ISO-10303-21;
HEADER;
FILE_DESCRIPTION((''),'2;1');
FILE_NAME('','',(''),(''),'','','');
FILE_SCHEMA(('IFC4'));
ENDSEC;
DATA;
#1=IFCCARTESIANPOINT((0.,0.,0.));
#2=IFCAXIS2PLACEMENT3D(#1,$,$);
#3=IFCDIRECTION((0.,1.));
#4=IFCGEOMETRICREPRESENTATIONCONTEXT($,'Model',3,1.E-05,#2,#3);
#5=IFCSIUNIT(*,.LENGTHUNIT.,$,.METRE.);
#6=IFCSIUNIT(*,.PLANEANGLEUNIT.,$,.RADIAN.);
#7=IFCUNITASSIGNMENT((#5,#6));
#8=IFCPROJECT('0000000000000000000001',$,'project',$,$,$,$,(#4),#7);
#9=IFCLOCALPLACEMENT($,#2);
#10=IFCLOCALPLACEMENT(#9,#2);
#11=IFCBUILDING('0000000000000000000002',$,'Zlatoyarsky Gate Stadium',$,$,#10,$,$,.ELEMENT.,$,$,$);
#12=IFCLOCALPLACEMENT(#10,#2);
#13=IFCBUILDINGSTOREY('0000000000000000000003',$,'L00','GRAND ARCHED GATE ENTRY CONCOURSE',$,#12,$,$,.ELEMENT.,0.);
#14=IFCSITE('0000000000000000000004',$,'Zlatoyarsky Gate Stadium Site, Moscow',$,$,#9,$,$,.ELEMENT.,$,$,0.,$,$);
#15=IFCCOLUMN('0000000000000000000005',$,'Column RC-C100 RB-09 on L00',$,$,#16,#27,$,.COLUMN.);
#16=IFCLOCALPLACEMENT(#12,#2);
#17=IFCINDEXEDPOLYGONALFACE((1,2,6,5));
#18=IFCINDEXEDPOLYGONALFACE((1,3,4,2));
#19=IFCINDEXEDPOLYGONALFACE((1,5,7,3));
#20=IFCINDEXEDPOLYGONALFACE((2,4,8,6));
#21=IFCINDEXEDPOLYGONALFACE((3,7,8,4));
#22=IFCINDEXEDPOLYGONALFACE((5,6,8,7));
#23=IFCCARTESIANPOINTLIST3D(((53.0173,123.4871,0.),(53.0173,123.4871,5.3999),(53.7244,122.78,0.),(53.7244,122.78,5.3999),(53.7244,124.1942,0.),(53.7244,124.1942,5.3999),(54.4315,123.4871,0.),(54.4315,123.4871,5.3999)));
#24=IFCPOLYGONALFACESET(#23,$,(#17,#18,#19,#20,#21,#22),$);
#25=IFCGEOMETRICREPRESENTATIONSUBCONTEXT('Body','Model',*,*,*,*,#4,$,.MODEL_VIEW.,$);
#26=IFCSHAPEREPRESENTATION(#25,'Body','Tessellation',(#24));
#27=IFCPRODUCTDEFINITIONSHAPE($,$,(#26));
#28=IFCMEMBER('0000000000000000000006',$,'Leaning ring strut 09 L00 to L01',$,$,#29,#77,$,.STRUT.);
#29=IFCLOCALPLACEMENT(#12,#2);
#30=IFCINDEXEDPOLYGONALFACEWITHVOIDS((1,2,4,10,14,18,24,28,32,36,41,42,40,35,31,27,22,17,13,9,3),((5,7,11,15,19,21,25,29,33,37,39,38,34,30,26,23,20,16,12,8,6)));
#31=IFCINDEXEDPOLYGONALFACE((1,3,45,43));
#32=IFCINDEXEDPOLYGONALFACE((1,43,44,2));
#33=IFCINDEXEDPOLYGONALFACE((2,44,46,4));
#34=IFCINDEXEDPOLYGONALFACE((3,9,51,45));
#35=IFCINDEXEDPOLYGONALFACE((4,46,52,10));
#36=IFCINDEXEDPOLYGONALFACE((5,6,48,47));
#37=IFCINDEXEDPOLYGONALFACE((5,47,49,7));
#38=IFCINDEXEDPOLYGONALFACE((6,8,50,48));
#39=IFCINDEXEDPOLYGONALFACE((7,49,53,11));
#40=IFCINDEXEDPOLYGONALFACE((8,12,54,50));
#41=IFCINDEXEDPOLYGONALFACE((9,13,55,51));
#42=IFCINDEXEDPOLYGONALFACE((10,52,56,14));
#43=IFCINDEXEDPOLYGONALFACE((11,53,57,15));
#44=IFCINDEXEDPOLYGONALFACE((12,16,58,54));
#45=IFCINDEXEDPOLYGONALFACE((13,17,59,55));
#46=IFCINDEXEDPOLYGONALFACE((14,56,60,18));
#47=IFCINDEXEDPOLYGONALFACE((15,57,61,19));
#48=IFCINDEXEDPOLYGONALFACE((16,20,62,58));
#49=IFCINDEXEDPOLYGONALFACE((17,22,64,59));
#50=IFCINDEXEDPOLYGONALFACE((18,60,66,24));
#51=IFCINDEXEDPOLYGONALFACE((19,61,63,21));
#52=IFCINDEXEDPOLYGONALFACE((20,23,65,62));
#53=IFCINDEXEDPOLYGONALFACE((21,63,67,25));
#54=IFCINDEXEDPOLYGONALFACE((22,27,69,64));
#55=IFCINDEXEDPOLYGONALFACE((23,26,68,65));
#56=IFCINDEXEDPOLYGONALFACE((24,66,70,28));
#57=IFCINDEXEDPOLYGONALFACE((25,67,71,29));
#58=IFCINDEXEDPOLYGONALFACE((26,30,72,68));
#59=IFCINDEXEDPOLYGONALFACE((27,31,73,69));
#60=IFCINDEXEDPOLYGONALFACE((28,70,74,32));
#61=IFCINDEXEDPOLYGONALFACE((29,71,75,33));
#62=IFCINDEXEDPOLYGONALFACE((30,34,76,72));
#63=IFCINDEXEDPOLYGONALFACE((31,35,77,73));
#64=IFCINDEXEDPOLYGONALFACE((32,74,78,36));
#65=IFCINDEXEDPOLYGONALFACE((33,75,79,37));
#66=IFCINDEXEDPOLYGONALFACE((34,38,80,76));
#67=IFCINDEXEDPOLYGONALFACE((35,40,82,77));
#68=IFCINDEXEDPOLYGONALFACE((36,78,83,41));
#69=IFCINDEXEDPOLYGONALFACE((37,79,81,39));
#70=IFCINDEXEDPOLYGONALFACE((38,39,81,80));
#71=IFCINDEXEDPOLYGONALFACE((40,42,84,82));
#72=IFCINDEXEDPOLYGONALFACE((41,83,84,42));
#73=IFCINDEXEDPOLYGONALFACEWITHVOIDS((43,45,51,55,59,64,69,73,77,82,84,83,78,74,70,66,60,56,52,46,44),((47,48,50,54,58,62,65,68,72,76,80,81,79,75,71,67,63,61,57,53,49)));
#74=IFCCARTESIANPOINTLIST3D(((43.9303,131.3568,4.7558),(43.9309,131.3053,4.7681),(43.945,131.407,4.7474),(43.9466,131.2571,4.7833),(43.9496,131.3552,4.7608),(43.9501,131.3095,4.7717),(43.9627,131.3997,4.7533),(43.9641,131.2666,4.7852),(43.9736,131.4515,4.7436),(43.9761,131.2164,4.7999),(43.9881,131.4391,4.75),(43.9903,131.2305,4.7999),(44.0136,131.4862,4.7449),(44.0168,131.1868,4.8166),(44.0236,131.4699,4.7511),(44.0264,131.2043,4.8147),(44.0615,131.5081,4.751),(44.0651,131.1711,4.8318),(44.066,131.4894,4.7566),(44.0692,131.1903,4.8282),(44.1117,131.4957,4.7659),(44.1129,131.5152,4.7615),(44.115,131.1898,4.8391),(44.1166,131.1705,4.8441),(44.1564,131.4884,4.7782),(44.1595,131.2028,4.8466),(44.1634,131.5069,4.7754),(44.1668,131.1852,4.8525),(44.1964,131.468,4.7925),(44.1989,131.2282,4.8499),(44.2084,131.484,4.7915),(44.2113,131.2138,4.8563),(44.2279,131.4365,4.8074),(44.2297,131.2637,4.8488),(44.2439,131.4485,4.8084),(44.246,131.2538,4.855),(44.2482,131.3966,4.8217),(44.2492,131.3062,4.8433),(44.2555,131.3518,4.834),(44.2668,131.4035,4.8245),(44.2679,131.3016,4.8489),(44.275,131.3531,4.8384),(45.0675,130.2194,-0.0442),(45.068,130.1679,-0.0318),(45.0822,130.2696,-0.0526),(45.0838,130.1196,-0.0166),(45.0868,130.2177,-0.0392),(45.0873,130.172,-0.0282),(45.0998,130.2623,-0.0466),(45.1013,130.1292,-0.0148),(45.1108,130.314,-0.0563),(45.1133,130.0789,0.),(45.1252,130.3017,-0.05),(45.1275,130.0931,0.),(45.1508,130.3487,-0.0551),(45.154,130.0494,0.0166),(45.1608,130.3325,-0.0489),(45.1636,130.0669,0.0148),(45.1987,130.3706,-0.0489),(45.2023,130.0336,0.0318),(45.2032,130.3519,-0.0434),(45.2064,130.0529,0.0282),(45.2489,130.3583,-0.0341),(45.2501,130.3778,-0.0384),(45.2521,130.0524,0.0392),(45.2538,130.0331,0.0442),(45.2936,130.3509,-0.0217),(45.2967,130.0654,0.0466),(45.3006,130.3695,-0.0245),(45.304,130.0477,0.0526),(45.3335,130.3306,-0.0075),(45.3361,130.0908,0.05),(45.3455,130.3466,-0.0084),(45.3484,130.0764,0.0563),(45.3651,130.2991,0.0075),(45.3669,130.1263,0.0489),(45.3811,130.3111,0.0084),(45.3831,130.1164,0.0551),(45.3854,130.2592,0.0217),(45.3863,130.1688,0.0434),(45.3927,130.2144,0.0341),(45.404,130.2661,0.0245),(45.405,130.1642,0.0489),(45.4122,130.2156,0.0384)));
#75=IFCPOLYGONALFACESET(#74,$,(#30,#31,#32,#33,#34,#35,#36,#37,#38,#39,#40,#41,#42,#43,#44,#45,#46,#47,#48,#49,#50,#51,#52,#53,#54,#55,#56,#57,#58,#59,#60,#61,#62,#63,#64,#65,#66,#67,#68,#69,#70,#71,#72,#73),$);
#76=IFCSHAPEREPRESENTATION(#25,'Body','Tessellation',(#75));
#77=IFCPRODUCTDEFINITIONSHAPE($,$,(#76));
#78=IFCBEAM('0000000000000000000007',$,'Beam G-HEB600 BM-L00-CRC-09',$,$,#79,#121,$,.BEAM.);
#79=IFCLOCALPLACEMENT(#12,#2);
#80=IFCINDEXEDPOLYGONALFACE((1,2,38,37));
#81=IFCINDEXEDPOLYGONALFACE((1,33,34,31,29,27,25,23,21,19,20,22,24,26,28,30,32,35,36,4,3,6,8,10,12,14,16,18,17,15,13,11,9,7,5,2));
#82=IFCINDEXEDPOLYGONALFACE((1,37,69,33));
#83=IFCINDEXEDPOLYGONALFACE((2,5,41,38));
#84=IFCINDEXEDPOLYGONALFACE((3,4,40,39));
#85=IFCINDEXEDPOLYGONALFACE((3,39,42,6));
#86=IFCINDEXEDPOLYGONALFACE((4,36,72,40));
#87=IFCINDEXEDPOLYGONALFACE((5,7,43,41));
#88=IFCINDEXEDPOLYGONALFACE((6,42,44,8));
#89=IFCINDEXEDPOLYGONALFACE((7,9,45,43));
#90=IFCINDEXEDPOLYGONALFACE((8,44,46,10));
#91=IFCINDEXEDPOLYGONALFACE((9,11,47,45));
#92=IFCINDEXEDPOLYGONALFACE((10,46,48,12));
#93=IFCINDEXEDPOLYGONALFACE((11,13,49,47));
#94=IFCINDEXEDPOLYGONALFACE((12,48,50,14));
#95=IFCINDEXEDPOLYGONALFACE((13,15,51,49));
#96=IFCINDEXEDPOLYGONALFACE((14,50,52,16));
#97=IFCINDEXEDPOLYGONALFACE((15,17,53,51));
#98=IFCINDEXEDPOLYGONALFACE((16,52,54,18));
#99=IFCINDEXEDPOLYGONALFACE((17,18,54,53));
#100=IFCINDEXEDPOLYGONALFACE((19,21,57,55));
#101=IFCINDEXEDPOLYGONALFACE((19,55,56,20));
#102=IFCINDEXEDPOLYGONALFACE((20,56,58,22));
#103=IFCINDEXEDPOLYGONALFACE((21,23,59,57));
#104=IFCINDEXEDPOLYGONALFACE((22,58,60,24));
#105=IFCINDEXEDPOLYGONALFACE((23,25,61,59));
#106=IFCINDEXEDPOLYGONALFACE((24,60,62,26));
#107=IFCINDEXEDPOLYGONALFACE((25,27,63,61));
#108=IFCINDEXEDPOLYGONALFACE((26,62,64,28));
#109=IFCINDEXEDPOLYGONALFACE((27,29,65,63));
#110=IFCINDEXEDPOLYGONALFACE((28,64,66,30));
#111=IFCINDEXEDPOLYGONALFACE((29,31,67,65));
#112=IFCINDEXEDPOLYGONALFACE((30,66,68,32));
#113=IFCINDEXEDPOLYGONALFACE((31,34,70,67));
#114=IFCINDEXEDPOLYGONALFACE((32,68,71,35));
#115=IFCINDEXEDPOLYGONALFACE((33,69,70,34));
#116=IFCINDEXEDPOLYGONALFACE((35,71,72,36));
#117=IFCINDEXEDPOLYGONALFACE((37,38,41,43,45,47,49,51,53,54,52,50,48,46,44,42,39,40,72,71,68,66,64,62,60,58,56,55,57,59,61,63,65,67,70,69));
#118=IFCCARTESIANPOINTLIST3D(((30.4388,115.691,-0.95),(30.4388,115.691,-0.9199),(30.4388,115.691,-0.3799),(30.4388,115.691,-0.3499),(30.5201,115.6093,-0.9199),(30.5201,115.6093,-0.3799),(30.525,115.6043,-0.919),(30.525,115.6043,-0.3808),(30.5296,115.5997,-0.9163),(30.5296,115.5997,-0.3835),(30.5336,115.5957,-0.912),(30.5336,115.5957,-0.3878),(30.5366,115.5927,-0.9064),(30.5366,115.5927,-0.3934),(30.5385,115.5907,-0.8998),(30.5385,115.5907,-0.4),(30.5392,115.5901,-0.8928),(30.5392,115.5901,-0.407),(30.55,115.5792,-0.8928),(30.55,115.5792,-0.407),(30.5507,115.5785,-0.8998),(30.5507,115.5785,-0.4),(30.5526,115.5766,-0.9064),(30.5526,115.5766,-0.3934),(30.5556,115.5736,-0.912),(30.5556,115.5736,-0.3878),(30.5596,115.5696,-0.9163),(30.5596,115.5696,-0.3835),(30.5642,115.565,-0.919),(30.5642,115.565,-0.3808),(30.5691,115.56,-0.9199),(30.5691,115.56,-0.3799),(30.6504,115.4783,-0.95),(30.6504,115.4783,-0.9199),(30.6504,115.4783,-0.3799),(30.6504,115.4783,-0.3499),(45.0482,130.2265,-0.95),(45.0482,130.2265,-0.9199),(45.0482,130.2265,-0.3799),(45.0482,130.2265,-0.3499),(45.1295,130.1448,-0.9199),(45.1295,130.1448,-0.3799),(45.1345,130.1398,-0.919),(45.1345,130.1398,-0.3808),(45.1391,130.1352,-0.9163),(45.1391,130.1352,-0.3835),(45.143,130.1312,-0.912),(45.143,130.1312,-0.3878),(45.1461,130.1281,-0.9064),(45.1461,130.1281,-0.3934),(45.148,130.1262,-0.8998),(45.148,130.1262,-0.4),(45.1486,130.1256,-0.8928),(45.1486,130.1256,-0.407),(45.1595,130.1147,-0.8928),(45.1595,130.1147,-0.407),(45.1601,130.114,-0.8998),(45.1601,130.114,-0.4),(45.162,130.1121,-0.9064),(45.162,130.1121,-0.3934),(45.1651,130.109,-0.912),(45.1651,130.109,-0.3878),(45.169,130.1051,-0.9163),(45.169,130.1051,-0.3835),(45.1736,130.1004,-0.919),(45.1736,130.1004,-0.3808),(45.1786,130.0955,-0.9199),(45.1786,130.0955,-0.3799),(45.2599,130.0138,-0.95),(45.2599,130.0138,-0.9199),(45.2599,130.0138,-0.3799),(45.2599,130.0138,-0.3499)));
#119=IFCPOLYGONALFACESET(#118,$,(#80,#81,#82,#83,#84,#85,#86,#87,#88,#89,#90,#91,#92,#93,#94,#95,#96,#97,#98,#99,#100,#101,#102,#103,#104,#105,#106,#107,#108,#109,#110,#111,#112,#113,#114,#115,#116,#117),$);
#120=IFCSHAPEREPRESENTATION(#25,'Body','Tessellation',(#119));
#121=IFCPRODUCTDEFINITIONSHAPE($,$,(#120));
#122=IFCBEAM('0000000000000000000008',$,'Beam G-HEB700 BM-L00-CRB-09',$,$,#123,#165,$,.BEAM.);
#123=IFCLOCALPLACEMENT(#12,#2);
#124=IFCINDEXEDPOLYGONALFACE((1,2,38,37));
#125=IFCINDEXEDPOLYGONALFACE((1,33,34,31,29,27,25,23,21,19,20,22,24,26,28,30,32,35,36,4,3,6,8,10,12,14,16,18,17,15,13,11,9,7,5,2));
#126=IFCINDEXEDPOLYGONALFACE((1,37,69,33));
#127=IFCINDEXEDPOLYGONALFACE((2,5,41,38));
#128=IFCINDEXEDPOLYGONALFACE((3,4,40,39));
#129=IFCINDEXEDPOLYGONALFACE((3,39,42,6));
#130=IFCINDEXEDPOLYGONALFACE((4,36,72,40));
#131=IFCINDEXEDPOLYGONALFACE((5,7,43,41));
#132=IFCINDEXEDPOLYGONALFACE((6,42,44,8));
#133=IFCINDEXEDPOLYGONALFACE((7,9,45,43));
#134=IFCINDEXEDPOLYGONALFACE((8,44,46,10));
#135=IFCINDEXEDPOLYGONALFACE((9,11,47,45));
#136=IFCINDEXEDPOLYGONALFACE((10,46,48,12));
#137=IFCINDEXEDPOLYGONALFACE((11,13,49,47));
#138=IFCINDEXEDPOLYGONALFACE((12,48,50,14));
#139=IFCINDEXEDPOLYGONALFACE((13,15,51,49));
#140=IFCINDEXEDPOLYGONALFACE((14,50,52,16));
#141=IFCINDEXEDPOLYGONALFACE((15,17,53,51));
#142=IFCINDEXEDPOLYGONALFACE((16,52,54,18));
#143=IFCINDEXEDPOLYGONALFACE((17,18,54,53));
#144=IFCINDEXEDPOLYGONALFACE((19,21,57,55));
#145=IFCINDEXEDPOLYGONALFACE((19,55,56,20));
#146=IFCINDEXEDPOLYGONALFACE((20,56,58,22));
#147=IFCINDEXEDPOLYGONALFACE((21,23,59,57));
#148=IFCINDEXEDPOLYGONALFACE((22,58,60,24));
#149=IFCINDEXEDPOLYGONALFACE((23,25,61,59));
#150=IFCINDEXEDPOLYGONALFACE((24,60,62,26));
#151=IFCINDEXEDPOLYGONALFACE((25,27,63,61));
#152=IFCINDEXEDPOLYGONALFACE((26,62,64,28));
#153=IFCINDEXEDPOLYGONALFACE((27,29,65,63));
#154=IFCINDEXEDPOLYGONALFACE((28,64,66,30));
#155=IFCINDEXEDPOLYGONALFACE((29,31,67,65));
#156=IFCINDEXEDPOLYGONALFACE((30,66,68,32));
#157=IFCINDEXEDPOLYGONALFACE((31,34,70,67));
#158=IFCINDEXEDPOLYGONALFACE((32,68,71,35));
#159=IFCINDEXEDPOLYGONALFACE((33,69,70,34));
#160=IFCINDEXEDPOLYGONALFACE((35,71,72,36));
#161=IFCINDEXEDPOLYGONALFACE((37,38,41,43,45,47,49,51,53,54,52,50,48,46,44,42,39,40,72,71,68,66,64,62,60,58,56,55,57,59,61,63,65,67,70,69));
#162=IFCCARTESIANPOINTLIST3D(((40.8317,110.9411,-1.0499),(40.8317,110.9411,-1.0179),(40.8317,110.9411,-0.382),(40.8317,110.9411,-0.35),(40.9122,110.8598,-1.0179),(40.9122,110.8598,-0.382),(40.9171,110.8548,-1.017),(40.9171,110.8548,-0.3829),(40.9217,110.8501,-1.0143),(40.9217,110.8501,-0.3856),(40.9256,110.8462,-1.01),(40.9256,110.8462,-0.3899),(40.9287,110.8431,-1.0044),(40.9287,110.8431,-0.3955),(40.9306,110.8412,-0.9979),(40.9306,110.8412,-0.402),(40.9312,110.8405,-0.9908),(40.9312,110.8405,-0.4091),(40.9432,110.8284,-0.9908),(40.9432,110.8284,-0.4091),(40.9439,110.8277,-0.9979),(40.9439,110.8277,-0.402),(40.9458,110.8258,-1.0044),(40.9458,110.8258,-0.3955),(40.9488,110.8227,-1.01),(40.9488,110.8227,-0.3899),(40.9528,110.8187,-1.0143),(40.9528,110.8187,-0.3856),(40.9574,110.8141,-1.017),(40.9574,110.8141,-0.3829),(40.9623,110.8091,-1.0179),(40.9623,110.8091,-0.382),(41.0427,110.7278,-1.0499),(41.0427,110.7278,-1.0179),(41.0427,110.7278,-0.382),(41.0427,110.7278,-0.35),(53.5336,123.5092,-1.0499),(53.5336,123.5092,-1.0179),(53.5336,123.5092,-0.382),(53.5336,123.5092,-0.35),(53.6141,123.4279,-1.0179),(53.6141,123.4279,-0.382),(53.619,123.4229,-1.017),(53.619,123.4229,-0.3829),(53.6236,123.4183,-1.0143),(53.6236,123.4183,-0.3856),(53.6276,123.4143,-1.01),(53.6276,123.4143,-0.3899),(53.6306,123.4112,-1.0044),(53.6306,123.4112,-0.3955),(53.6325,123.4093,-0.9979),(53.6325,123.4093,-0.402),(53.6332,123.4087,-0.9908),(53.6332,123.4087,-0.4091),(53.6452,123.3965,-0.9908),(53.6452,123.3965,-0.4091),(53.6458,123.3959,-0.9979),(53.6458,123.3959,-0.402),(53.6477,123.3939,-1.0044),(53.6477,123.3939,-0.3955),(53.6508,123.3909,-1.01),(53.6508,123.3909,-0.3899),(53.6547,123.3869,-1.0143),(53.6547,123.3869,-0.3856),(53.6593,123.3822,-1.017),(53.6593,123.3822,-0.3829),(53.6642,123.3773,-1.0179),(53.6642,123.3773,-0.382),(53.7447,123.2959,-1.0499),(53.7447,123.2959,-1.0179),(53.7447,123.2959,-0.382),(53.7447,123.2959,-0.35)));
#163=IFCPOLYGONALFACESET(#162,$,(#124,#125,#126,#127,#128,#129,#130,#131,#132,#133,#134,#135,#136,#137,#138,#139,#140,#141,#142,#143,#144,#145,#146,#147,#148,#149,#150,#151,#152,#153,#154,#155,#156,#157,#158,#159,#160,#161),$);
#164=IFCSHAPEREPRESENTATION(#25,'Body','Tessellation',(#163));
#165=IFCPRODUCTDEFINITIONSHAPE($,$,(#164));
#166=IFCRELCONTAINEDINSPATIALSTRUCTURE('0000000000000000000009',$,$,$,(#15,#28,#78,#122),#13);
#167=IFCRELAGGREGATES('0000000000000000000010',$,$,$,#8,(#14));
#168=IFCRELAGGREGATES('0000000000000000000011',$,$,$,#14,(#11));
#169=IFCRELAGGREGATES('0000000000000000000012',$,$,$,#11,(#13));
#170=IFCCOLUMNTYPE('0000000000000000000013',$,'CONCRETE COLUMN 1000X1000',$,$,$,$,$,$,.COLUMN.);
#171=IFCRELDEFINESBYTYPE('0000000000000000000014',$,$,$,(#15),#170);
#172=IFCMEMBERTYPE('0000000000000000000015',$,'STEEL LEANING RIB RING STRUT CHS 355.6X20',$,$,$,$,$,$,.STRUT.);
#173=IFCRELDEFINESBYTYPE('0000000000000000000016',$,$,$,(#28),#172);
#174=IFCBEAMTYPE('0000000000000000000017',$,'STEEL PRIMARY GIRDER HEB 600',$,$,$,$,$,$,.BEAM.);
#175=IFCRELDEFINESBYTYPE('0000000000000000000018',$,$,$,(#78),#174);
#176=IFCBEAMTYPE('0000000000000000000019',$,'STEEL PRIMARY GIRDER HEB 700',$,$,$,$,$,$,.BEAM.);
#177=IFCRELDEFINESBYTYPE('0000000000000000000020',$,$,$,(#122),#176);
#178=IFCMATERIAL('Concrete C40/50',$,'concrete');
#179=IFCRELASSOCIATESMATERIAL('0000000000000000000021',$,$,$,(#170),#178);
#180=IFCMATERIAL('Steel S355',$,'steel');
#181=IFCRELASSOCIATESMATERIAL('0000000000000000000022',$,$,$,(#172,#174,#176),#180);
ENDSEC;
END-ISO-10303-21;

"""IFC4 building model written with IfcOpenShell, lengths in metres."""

from ifc_helpers import new_model, si_unit, direction, frame, origin, origin_2d, place, context, subcontext, project, spatial, rectangle, hollow_circle, i_section, extrude, material, material_profile, profile_set, type_object, element, save


model = new_model("IFC4")

# Units and contexts
model_context = context("Model", 3, precision=1e-05, world=origin(), true_north=direction((0.0, 1.0)))
body_context = subcontext(model_context, "Body", "Model", "MODEL_VIEW")
ifc_project = project(units=[si_unit("LENGTHUNIT", "METRE"), si_unit("PLANEANGLEUNIT", "RADIAN")], contexts=[model_context])

# Site, building, storey
site_placement = place(None, origin())
site = spatial("IfcSite", under=ifc_project, at=site_placement, Name="Zlatoyarsky Gate Stadium Site, Moscow", CompositionType="ELEMENT", RefElevation=0.0)
building_placement = place(site_placement, origin())
building = spatial("IfcBuilding", under=site, at=building_placement, Name="Zlatoyarsky Gate Stadium", CompositionType="ELEMENT")
storey_placement = place(building_placement, origin())
storey = spatial("IfcBuildingStorey", under=building, at=storey_placement, Name="L00", Description="GRAND ARCHED GATE ENTRY CONCOURSE", CompositionType="ELEMENT", Elevation=0.0)

# Column
ifc_material_1 = material(Name="Concrete C40/50", Category="concrete")
ifc_material_profile_1 = material_profile(ifc_material_1, rectangle(XDim=1.0, YDim=1.0, at=origin_2d()), Name="RC COL 1000X1000")
ifc_profile_set_1 = profile_set([ifc_material_profile_1], Name="Concrete C40/50")
column_type_1 = type_object("IfcColumnType", Name="CONCRETE COLUMN 1000X1000", PredefinedType="COLUMN", material=ifc_profile_set_1)
column_1_placement = place(storey_placement, frame((53.7244, 123.4871, 0.0), z_axis=(0.0, 0.0, 1.0), x_axis=(-0.707107, 0.707107, 0.0)))
element("IfcColumn", 1, at=column_1_placement, inside=storey, type_object=column_type_1, Name="Column RC-C100 RB-09 on L00", PredefinedType="COLUMN", context=body_context, shape_type="SweptSolid", body=[
    extrude(rectangle(XDim=1.0, YDim=1.0, at=origin_2d()), origin(), (0.0, 0.0, 1.0), 5.3999),
])

# Member
ifc_material_2 = material(Name="Steel S355", Category="steel")
ifc_material_profile_2 = material_profile(ifc_material_2, hollow_circle(Radius=0.1777, WallThickness=0.02, at=origin_2d()), Name="CHS 355.6X20")
ifc_profile_set_2 = profile_set([ifc_material_profile_2], Name="Steel S355")
member_type = type_object("IfcMemberType", Name="STEEL LEANING RIB RING STRUT CHS 355.6X20", PredefinedType="STRUT", material=ifc_profile_set_2)
member_placement = place(storey_placement, frame((45.239, 130.2046, 0.0), z_axis=(-0.22464, 0.224688, 0.948184), x_axis=(-0.707183, -0.707031, 0.0)))
element("IfcMember", 2, at=member_placement, inside=storey, type_object=member_type, Name="Leaning ring strut 09 L00 to L01", PredefinedType="STRUT", context=body_context, shape_type="SweptSolid", body=[
    extrude(hollow_circle(Radius=0.1777, WallThickness=0.02, at=origin_2d()), origin(), (0.0, 0.0, 1.0), 5.0623),
])

# Beams
ifc_material_profile_3 = material_profile(ifc_material_2, i_section(OverallWidth=0.3, OverallDepth=0.6001, WebThickness=0.0154, FlangeThickness=0.03, FilletRadius=0.0271, at=origin_2d()), Name="HEB 600")
ifc_profile_set_3 = profile_set([ifc_material_profile_3], Name="Steel S355")
beam_type_1 = type_object("IfcBeamType", Name="STEEL PRIMARY GIRDER HEB 600", PredefinedType="BEAM", material=ifc_profile_set_3)
beam_1_placement = place(storey_placement, frame((45.1541, 130.1201, -0.6499), z_axis=(-0.708899, -0.70531, 0.0), x_axis=(0.70531, -0.708899, 0.0)))
element("IfcBeam", 3, at=beam_1_placement, inside=storey, type_object=beam_type_1, Name="Beam G-HEB600 BM-L00-CRC-09", PredefinedType="BEAM", context=body_context, shape_type="SweptSolid", body=[
    extrude(i_section(OverallWidth=0.3, OverallDepth=0.6001, WebThickness=0.0154, FlangeThickness=0.03, FilletRadius=0.0271, at=origin_2d()), origin(), (0.0, 0.0, 1.0), 20.6086),
])
ifc_material_profile_4 = material_profile(ifc_material_2, i_section(OverallWidth=0.3, OverallDepth=0.7, WebThickness=0.0171, FlangeThickness=0.032, FilletRadius=0.0271, at=origin_2d()), Name="HEB 700")
ifc_profile_set_4 = profile_set([ifc_material_profile_4], Name="Steel S355")
beam_type_2 = type_object("IfcBeamType", Name="STEEL PRIMARY GIRDER HEB 700", PredefinedType="BEAM", material=ifc_profile_set_4)
beam_2_placement = place(storey_placement, frame((53.6392, 123.4026, -0.7), z_axis=(-0.710841, -0.703353, 0.0), x_axis=(0.703353, -0.710841, 0.0)))
element("IfcBeam", 4, at=beam_2_placement, inside=storey, type_object=beam_type_2, Name="Beam G-HEB700 BM-L00-CRB-09", PredefinedType="BEAM", context=body_context, shape_type="SweptSolid", body=[
    extrude(i_section(OverallWidth=0.3, OverallDepth=0.7, WebThickness=0.0171, FlangeThickness=0.032, FilletRadius=0.0271, at=origin_2d()), origin(), (0.0, 0.0, 1.0), 17.8689),
])

save(model, "model.ifc")
